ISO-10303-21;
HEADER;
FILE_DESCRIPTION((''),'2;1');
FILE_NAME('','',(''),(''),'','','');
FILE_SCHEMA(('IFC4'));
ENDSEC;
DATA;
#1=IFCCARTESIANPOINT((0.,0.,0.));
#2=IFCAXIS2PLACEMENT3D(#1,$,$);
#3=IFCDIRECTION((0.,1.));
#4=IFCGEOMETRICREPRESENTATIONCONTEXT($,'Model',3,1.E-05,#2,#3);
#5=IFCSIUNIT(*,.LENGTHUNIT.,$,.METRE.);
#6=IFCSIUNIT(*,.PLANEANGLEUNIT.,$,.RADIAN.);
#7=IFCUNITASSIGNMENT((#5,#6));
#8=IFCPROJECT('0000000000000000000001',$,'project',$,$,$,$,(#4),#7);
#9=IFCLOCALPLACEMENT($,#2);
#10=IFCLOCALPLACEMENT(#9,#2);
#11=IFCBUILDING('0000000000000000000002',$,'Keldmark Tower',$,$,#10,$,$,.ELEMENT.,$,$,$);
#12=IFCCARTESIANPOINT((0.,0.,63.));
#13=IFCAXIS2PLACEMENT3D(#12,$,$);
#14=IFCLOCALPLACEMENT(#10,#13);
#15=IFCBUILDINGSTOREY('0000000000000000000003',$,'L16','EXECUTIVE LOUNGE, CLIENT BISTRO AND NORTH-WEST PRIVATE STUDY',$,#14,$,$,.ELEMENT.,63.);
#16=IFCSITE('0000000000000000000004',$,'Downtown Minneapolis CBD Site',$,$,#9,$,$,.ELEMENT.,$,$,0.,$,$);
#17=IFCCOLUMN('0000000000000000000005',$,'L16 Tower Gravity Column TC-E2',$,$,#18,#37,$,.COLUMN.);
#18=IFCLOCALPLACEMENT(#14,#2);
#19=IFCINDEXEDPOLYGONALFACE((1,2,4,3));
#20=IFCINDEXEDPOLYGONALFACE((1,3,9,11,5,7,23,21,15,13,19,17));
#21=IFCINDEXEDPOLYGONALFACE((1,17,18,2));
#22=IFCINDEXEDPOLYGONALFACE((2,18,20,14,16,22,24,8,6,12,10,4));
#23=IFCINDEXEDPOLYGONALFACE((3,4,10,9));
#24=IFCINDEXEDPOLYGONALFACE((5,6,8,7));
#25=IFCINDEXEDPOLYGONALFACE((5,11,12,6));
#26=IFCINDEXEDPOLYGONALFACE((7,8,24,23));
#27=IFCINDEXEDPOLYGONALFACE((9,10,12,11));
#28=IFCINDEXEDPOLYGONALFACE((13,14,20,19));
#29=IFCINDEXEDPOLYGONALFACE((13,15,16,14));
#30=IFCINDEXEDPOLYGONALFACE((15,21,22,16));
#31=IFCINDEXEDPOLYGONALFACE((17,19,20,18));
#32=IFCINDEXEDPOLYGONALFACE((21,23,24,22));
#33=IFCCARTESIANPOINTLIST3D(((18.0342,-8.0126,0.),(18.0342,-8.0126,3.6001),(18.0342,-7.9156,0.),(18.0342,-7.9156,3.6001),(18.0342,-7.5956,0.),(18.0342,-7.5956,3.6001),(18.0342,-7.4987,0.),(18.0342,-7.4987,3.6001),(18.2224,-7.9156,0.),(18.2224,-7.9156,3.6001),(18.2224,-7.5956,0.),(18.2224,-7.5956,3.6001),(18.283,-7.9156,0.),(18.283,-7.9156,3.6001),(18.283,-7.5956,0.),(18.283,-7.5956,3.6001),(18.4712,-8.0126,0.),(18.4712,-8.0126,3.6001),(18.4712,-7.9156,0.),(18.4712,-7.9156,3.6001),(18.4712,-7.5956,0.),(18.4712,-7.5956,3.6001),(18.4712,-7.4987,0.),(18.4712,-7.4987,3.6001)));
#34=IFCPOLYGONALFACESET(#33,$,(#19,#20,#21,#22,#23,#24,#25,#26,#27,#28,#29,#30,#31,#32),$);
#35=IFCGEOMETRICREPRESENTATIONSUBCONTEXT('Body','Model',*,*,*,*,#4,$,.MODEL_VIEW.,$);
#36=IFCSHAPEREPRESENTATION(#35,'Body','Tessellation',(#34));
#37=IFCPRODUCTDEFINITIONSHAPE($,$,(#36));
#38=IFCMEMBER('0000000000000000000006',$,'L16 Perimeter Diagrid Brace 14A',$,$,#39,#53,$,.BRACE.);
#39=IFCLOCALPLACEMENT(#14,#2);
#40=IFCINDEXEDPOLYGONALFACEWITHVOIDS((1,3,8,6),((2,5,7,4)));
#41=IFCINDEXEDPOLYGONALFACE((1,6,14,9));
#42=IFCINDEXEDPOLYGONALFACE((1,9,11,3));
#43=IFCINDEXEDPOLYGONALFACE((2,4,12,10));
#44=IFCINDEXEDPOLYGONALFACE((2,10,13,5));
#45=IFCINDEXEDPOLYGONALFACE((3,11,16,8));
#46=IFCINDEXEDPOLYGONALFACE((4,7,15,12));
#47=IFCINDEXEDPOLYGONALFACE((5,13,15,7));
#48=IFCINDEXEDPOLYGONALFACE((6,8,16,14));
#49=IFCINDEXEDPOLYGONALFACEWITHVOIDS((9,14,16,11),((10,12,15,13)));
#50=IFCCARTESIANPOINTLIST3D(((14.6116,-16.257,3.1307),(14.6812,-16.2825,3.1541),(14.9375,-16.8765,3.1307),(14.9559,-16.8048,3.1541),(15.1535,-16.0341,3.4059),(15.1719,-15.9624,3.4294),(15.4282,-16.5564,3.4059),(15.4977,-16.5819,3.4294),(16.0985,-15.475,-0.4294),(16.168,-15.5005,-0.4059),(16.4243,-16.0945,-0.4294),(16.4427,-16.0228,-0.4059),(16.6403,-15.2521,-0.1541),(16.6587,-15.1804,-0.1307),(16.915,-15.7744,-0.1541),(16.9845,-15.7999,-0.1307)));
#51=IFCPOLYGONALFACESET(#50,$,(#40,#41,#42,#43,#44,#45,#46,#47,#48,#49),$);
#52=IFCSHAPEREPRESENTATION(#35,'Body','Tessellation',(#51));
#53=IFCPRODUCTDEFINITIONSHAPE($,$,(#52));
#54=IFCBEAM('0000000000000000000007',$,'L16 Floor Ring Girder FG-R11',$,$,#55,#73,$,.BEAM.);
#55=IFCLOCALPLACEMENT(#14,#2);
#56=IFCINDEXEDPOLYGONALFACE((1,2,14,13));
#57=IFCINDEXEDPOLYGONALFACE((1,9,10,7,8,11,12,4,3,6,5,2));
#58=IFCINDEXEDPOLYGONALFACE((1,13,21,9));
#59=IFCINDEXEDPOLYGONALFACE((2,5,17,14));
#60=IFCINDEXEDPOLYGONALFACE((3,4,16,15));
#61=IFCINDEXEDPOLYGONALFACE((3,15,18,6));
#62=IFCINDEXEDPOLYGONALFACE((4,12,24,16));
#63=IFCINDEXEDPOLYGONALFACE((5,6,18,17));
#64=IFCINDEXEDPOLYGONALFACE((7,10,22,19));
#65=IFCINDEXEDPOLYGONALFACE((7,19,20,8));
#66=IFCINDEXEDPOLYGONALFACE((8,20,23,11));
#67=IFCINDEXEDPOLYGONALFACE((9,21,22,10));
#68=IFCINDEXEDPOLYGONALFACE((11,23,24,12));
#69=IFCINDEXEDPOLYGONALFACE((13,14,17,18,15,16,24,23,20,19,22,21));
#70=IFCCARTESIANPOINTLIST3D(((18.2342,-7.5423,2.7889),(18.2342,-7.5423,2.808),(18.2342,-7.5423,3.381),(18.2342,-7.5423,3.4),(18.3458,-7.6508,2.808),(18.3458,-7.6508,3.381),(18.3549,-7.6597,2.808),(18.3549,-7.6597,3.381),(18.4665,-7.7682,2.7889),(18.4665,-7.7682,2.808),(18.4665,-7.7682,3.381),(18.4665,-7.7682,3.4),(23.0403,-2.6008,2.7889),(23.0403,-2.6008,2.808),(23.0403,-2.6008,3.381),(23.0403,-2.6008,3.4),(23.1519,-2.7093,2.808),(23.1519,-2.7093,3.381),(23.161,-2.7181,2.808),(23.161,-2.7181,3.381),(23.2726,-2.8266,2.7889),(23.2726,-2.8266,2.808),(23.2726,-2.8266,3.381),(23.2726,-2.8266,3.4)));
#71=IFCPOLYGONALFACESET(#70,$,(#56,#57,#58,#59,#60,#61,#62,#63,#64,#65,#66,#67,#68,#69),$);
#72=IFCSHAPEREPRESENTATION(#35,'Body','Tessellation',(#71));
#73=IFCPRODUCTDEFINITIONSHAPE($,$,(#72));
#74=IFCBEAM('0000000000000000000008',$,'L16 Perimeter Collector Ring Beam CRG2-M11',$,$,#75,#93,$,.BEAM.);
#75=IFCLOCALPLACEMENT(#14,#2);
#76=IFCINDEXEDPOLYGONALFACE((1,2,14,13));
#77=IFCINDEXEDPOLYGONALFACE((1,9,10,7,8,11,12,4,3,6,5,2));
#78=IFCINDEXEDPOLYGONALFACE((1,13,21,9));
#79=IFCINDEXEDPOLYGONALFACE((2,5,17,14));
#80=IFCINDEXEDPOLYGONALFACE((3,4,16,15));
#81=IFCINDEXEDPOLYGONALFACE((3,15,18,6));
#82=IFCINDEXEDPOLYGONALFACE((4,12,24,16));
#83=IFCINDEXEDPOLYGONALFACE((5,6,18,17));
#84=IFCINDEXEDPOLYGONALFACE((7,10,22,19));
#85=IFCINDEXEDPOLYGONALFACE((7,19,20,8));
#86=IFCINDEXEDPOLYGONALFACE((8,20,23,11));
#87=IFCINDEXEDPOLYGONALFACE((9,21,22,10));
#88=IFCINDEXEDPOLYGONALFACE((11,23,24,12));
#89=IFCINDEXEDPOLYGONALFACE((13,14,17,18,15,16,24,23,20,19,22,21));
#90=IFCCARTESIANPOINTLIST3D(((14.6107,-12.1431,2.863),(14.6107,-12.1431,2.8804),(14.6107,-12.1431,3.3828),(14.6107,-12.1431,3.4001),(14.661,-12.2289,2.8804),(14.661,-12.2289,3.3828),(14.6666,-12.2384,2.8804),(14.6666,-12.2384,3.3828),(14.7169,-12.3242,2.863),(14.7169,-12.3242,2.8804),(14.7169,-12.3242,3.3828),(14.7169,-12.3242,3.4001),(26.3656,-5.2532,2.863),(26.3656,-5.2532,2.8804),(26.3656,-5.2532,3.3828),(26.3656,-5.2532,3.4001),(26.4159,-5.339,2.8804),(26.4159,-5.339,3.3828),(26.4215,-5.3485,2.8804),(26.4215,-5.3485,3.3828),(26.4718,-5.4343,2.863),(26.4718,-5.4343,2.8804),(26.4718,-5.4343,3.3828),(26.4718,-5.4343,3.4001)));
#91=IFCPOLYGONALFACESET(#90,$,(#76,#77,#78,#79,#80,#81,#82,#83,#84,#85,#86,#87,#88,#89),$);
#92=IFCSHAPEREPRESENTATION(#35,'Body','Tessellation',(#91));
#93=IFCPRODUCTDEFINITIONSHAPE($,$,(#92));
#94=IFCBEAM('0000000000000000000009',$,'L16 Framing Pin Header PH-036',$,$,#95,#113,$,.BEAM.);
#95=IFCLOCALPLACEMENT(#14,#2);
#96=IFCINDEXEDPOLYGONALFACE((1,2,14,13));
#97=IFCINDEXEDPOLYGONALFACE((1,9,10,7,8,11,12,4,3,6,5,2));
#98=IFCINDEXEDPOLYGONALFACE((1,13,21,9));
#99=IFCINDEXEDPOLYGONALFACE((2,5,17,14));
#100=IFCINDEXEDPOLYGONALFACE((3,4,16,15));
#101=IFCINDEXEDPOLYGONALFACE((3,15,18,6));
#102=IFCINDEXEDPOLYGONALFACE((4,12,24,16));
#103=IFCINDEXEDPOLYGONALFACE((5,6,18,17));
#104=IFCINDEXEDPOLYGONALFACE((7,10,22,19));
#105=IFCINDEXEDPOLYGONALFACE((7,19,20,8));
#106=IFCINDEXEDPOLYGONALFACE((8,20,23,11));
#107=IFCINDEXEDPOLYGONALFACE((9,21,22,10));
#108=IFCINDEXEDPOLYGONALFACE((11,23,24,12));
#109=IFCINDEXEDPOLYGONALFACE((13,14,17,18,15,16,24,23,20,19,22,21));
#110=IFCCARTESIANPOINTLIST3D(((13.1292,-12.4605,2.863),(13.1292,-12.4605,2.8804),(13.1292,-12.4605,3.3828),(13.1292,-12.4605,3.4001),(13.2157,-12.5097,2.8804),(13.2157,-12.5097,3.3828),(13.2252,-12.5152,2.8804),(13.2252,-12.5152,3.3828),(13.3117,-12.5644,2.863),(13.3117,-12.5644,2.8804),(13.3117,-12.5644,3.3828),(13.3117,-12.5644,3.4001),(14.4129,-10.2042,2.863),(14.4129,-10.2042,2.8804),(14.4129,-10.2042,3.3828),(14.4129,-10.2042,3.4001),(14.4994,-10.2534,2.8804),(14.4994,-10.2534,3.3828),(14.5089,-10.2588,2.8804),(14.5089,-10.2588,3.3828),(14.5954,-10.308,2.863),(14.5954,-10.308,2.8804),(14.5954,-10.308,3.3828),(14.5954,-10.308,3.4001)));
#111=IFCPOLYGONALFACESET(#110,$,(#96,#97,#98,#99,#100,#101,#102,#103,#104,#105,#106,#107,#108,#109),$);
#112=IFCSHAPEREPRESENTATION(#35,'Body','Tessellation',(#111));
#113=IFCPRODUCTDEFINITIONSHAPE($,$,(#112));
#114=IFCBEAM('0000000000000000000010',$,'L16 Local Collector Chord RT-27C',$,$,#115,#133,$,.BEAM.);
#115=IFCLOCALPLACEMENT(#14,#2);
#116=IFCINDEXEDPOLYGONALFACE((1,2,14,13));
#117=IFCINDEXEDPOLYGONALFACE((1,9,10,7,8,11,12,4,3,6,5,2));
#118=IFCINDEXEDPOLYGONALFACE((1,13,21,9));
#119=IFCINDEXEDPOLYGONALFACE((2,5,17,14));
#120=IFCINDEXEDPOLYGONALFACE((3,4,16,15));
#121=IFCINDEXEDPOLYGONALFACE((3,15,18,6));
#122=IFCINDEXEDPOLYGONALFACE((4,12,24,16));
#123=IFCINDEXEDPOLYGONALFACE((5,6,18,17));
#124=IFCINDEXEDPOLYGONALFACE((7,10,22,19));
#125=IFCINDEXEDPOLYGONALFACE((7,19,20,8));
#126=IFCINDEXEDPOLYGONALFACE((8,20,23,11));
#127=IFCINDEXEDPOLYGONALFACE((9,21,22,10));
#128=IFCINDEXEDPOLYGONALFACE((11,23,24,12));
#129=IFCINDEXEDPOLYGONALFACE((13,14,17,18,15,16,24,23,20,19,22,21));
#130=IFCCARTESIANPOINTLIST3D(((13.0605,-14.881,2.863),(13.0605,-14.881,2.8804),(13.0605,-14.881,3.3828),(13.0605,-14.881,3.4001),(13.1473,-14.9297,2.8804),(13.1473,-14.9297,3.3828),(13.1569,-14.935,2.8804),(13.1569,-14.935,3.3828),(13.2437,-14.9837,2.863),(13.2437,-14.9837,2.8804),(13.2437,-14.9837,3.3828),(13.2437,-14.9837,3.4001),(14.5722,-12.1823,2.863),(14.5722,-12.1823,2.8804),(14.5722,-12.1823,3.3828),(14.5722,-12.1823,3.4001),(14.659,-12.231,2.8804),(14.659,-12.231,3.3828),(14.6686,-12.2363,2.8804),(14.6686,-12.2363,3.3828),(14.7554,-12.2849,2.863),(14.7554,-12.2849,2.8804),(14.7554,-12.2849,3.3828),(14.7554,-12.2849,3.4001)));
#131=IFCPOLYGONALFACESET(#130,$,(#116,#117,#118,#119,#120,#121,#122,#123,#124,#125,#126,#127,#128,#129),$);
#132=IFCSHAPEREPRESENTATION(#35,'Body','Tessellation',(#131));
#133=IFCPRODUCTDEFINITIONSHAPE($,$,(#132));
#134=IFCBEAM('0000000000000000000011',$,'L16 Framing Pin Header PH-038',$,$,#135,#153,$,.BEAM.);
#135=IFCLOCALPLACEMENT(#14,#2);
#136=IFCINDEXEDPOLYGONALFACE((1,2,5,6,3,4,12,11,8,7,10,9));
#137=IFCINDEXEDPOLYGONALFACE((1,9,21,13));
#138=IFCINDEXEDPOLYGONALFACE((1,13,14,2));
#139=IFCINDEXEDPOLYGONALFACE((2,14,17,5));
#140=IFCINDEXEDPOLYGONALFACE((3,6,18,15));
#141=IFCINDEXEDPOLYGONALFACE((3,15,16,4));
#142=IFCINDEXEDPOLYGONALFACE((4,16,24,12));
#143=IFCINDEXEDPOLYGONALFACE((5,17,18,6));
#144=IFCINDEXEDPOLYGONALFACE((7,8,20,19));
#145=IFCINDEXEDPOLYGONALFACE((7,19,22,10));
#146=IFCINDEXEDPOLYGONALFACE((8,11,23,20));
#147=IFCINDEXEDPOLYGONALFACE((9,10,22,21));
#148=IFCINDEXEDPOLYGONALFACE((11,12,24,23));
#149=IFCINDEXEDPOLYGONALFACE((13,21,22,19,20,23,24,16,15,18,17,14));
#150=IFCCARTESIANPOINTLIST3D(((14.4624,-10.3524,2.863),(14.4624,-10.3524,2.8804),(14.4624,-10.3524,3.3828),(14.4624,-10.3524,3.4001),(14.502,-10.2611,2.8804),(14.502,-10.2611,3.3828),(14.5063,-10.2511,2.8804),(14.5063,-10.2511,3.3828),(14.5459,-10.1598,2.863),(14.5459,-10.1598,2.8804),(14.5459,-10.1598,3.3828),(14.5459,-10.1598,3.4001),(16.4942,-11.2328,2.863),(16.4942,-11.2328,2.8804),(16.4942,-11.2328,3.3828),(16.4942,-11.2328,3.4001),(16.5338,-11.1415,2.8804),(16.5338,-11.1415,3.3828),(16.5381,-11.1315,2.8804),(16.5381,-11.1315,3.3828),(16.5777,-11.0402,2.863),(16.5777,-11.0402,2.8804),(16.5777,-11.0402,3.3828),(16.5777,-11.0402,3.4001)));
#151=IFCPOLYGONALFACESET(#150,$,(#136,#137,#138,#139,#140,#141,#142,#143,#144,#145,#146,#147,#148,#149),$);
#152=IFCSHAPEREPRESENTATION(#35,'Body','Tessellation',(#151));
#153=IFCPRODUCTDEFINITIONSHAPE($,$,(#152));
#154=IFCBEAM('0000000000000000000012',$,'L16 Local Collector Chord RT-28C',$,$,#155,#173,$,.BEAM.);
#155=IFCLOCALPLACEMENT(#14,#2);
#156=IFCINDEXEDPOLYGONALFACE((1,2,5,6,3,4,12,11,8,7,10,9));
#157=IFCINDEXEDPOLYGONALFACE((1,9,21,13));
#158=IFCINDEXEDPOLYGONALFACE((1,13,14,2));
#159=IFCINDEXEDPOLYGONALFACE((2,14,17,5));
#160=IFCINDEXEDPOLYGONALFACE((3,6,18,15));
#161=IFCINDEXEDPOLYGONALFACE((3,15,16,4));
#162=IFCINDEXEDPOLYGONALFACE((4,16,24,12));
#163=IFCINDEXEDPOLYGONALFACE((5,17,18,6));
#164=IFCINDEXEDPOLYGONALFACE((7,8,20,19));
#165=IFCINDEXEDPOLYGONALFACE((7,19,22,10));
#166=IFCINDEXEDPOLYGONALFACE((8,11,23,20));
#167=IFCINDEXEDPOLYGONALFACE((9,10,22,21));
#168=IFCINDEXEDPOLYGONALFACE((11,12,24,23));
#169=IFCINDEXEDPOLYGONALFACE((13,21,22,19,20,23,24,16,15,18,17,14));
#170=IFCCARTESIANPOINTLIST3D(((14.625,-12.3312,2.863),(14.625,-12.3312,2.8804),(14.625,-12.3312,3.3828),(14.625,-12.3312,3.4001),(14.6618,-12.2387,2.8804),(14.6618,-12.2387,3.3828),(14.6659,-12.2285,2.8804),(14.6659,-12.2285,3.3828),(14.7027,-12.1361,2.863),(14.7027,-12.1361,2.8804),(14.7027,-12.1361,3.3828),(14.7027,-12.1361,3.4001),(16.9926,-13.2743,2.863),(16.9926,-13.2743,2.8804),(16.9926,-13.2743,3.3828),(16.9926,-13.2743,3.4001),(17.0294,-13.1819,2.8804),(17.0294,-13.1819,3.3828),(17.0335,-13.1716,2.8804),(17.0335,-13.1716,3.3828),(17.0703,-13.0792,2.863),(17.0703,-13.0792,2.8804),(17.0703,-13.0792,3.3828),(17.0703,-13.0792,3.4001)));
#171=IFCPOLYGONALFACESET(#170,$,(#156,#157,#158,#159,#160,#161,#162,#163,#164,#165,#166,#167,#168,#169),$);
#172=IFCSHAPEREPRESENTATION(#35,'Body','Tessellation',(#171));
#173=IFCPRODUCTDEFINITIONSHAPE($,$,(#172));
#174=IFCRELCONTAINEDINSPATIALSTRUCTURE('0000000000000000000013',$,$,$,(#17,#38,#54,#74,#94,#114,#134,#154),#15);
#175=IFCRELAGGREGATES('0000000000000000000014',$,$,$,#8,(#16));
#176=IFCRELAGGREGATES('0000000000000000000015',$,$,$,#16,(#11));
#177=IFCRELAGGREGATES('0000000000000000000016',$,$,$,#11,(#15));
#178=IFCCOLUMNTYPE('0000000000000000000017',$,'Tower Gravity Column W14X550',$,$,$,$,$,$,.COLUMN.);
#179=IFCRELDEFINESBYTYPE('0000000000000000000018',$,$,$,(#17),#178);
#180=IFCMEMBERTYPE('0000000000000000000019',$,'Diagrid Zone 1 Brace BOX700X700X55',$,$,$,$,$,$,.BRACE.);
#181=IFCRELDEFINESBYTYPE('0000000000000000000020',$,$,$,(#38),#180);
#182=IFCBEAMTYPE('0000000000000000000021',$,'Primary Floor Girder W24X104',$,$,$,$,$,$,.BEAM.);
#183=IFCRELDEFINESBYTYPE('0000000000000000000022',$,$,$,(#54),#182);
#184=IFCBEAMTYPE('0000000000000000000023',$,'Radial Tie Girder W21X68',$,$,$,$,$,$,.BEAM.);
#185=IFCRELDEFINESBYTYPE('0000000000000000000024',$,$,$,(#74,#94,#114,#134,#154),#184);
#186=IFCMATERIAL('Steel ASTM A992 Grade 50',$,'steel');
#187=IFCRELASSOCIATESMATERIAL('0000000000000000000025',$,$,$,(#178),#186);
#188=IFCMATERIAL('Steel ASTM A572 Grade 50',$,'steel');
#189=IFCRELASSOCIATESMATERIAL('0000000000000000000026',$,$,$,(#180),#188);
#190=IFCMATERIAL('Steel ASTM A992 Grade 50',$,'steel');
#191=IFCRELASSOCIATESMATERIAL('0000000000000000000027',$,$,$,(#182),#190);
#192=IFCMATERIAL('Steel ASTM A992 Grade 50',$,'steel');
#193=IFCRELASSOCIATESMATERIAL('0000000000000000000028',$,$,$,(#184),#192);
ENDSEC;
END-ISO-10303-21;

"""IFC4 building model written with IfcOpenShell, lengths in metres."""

from ifc_helpers import new_model, si_unit, direction, frame, origin, origin_2d, place, context, subcontext, project, spatial, hollow_rectangle, i_section, extrude, material, material_profile, profile_set, type_object, element, save


model = new_model("IFC4")

# Units and contexts
model_context = context("Model", 3, precision=1e-05, world=origin(), true_north=direction((0.0, 1.0)))
body_context = subcontext(model_context, "Body", "Model", "MODEL_VIEW")
ifc_project = project(units=[si_unit("LENGTHUNIT", "METRE"), si_unit("PLANEANGLEUNIT", "RADIAN")], contexts=[model_context])

# Site, building, storey
site_placement = place(None, origin())
site = spatial("IfcSite", under=ifc_project, at=site_placement, Name="Downtown Minneapolis CBD Site", CompositionType="ELEMENT", RefElevation=0.0)
building_placement = place(site_placement, origin())
building = spatial("IfcBuilding", under=site, at=building_placement, Name="Keldmark Tower", CompositionType="ELEMENT")
storey_placement = place(building_placement, frame((0.0, 0.0, 63.0)))
storey = spatial("IfcBuildingStorey", under=building, at=storey_placement, Name="L16", Description="EXECUTIVE LOUNGE, CLIENT BISTRO AND NORTH-WEST PRIVATE STUDY", CompositionType="ELEMENT", Elevation=63.0)

# Column
ifc_material_1 = material(Name="Steel ASTM A992 Grade 50", Category="steel")
ifc_material_profile_1 = material_profile(ifc_material_1, i_section(OverallWidth=0.437, OverallDepth=0.5139, WebThickness=0.0605, FlangeThickness=0.0969, at=origin_2d()), Name="W14X550")
ifc_profile_set_1 = profile_set([ifc_material_profile_1], Name="Steel ASTM A992 Grade 50")
column_type = type_object("IfcColumnType", Name="Tower Gravity Column W14X550", PredefinedType="COLUMN", material=ifc_profile_set_1)
column_placement = place(storey_placement, frame((18.2527, -7.7556, 0.0), z_axis=(0.0, 0.0, 1.0), x_axis=(1.0, 0.0, 0.0)))
element("IfcColumn", 1, at=column_placement, inside=storey, type_object=column_type, Name="L16 Tower Gravity Column TC-E2", PredefinedType="COLUMN", context=body_context, shape_type="SweptSolid", body=[
    extrude(i_section(OverallWidth=0.437, OverallDepth=0.5139, WebThickness=0.0605, FlangeThickness=0.0969, at=origin_2d()), origin(), (0.0, 0.0, 1.0), 3.6001),
])

# Member
ifc_material_2 = material(Name="Steel ASTM A572 Grade 50", Category="steel")
ifc_material_profile_2 = material_profile(ifc_material_2, hollow_rectangle(XDim=0.7, YDim=0.7, WallThickness=0.0549, at=origin_2d()), Name="BOX700X700X55")
ifc_profile_set_2 = profile_set([ifc_material_profile_2], Name="Steel ASTM A572 Grade 50")
member_type = type_object("IfcMemberType", Name="Diagrid Zone 1 Brace BOX700X700X55", PredefinedType="BRACE", material=ifc_profile_set_2)
member_placement = place(storey_placement, frame((16.5415, -15.6375, -0.28), z_axis=(-0.377699, -0.198648, 0.904368), x_axis=(0.465489, -0.885054, 0.0)))
element("IfcMember", 2, at=member_placement, inside=storey, type_object=member_type, Name="L16 Perimeter Diagrid Brace 14A", PredefinedType="BRACE", context=body_context, shape_type="SweptSolid", body=[
    extrude(hollow_rectangle(XDim=0.7, YDim=0.7, WallThickness=0.0549, at=origin_2d()), origin(), (0.0, 0.0, 1.0), 3.9365),
])

# Beams
ifc_material_3 = material(Name="Steel ASTM A992 Grade 50", Category="steel")
ifc_material_profile_3 = material_profile(ifc_material_3, i_section(OverallWidth=0.324, OverallDepth=0.6111, WebThickness=0.0127, FlangeThickness=0.019, at=origin_2d()), Name="W24X104")
ifc_profile_set_3 = profile_set([ifc_material_profile_3], Name="Steel ASTM A992 Grade 50")
beam_type_1 = type_object("IfcBeamType", Name="Primary Floor Girder W24X104", PredefinedType="BEAM", material=ifc_profile_set_3)
beam_1_placement = place(storey_placement, frame((18.3503, -7.6553, 3.0945), z_axis=(0.69721, 0.716867, 0.0), x_axis=(-0.716867, 0.69721, 0.0)))
element("IfcBeam", 3, at=beam_1_placement, inside=storey, type_object=beam_type_1, Name="L16 Floor Ring Girder FG-R11", PredefinedType="BEAM", context=body_context, shape_type="SweptSolid", body=[
    extrude(i_section(OverallWidth=0.324, OverallDepth=0.6111, WebThickness=0.0127, FlangeThickness=0.019, at=origin_2d()), origin(), (0.0, 0.0, 1.0), 6.8933),
])
ifc_material_4 = material(Name="Steel ASTM A992 Grade 50", Category="steel")
ifc_material_profile_4 = material_profile(ifc_material_4, i_section(OverallWidth=0.21, OverallDepth=0.5371, WebThickness=0.011, FlangeThickness=0.0173, at=origin_2d()), Name="W21X68")
ifc_profile_set_4 = profile_set([ifc_material_profile_4], Name="Steel ASTM A992 Grade 50")
beam_type_2 = type_object("IfcBeamType", Name="Radial Tie Girder W21X68", PredefinedType="BEAM", material=ifc_profile_set_4)
beam_2_placement = place(storey_placement, frame((14.6638, -12.2336, 3.1316), z_axis=(0.862727, 0.50567, 0.0), x_axis=(-0.50567, 0.862727, 0.0)))
element("IfcBeam", 4, at=beam_2_placement, inside=storey, type_object=beam_type_2, Name="L16 Perimeter Collector Ring Beam CRG2-M11", PredefinedType="BEAM", context=body_context, shape_type="SweptSolid", body=[
    extrude(i_section(OverallWidth=0.21, OverallDepth=0.5371, WebThickness=0.011, FlangeThickness=0.0173, at=origin_2d()), origin(), (0.0, 0.0, 1.0), 13.6252),
])
beam_3_placement = place(storey_placement, frame((14.5042, -10.2561, 3.1316), z_axis=(-0.494497, -0.869179, 0.0), x_axis=(0.869179, -0.494497, 0.0)))
element("IfcBeam", 5, at=beam_3_placement, inside=storey, type_object=beam_type_2, Name="L16 Framing Pin Header PH-036", PredefinedType="BEAM", context=body_context, shape_type="SweptSolid", body=[
    extrude(i_section(OverallWidth=0.21, OverallDepth=0.5371, WebThickness=0.011, FlangeThickness=0.0173, at=origin_2d()), origin(), (0.0, 0.0, 1.0), 2.5959),
])
beam_4_placement = place(storey_placement, frame((14.6638, -12.2336, 3.1316), z_axis=(-0.488709, -0.872447, 0.0), x_axis=(0.872447, -0.488709, 0.0)))
element("IfcBeam", 6, at=beam_4_placement, inside=storey, type_object=beam_type_2, Name="L16 Local Collector Chord RT-27C", PredefinedType="BEAM", context=body_context, shape_type="SweptSolid", body=[
    extrude(i_section(OverallWidth=0.21, OverallDepth=0.5371, WebThickness=0.011, FlangeThickness=0.0173, at=origin_2d()), origin(), (0.0, 0.0, 1.0), 3.0933),
])
beam_5_placement = place(storey_placement, frame((14.5042, -10.2561, 3.1316), z_axis=(0.917564, -0.397589, 0.0), x_axis=(0.397589, 0.917564, 0.0)))
element("IfcBeam", 7, at=beam_5_placement, inside=storey, type_object=beam_type_2, Name="L16 Framing Pin Header PH-038", PredefinedType="BEAM", context=body_context, shape_type="SweptSolid", body=[
    extrude(i_section(OverallWidth=0.21, OverallDepth=0.5371, WebThickness=0.011, FlangeThickness=0.0173, at=origin_2d()), origin(), (0.0, 0.0, 1.0), 2.2144),
])
beam_6_placement = place(storey_placement, frame((14.6638, -12.2336, 3.1316), z_axis=(0.929011, -0.370052, 0.0), x_axis=(0.370052, 0.929011, 0.0)))
element("IfcBeam", 8, at=beam_6_placement, inside=storey, type_object=beam_type_2, Name="L16 Local Collector Chord RT-28C", PredefinedType="BEAM", context=body_context, shape_type="SweptSolid", body=[
    extrude(i_section(OverallWidth=0.21, OverallDepth=0.5371, WebThickness=0.011, FlangeThickness=0.0173, at=origin_2d()), origin(), (0.0, 0.0, 1.0), 2.5486),
])

save(model, "model.ifc")
